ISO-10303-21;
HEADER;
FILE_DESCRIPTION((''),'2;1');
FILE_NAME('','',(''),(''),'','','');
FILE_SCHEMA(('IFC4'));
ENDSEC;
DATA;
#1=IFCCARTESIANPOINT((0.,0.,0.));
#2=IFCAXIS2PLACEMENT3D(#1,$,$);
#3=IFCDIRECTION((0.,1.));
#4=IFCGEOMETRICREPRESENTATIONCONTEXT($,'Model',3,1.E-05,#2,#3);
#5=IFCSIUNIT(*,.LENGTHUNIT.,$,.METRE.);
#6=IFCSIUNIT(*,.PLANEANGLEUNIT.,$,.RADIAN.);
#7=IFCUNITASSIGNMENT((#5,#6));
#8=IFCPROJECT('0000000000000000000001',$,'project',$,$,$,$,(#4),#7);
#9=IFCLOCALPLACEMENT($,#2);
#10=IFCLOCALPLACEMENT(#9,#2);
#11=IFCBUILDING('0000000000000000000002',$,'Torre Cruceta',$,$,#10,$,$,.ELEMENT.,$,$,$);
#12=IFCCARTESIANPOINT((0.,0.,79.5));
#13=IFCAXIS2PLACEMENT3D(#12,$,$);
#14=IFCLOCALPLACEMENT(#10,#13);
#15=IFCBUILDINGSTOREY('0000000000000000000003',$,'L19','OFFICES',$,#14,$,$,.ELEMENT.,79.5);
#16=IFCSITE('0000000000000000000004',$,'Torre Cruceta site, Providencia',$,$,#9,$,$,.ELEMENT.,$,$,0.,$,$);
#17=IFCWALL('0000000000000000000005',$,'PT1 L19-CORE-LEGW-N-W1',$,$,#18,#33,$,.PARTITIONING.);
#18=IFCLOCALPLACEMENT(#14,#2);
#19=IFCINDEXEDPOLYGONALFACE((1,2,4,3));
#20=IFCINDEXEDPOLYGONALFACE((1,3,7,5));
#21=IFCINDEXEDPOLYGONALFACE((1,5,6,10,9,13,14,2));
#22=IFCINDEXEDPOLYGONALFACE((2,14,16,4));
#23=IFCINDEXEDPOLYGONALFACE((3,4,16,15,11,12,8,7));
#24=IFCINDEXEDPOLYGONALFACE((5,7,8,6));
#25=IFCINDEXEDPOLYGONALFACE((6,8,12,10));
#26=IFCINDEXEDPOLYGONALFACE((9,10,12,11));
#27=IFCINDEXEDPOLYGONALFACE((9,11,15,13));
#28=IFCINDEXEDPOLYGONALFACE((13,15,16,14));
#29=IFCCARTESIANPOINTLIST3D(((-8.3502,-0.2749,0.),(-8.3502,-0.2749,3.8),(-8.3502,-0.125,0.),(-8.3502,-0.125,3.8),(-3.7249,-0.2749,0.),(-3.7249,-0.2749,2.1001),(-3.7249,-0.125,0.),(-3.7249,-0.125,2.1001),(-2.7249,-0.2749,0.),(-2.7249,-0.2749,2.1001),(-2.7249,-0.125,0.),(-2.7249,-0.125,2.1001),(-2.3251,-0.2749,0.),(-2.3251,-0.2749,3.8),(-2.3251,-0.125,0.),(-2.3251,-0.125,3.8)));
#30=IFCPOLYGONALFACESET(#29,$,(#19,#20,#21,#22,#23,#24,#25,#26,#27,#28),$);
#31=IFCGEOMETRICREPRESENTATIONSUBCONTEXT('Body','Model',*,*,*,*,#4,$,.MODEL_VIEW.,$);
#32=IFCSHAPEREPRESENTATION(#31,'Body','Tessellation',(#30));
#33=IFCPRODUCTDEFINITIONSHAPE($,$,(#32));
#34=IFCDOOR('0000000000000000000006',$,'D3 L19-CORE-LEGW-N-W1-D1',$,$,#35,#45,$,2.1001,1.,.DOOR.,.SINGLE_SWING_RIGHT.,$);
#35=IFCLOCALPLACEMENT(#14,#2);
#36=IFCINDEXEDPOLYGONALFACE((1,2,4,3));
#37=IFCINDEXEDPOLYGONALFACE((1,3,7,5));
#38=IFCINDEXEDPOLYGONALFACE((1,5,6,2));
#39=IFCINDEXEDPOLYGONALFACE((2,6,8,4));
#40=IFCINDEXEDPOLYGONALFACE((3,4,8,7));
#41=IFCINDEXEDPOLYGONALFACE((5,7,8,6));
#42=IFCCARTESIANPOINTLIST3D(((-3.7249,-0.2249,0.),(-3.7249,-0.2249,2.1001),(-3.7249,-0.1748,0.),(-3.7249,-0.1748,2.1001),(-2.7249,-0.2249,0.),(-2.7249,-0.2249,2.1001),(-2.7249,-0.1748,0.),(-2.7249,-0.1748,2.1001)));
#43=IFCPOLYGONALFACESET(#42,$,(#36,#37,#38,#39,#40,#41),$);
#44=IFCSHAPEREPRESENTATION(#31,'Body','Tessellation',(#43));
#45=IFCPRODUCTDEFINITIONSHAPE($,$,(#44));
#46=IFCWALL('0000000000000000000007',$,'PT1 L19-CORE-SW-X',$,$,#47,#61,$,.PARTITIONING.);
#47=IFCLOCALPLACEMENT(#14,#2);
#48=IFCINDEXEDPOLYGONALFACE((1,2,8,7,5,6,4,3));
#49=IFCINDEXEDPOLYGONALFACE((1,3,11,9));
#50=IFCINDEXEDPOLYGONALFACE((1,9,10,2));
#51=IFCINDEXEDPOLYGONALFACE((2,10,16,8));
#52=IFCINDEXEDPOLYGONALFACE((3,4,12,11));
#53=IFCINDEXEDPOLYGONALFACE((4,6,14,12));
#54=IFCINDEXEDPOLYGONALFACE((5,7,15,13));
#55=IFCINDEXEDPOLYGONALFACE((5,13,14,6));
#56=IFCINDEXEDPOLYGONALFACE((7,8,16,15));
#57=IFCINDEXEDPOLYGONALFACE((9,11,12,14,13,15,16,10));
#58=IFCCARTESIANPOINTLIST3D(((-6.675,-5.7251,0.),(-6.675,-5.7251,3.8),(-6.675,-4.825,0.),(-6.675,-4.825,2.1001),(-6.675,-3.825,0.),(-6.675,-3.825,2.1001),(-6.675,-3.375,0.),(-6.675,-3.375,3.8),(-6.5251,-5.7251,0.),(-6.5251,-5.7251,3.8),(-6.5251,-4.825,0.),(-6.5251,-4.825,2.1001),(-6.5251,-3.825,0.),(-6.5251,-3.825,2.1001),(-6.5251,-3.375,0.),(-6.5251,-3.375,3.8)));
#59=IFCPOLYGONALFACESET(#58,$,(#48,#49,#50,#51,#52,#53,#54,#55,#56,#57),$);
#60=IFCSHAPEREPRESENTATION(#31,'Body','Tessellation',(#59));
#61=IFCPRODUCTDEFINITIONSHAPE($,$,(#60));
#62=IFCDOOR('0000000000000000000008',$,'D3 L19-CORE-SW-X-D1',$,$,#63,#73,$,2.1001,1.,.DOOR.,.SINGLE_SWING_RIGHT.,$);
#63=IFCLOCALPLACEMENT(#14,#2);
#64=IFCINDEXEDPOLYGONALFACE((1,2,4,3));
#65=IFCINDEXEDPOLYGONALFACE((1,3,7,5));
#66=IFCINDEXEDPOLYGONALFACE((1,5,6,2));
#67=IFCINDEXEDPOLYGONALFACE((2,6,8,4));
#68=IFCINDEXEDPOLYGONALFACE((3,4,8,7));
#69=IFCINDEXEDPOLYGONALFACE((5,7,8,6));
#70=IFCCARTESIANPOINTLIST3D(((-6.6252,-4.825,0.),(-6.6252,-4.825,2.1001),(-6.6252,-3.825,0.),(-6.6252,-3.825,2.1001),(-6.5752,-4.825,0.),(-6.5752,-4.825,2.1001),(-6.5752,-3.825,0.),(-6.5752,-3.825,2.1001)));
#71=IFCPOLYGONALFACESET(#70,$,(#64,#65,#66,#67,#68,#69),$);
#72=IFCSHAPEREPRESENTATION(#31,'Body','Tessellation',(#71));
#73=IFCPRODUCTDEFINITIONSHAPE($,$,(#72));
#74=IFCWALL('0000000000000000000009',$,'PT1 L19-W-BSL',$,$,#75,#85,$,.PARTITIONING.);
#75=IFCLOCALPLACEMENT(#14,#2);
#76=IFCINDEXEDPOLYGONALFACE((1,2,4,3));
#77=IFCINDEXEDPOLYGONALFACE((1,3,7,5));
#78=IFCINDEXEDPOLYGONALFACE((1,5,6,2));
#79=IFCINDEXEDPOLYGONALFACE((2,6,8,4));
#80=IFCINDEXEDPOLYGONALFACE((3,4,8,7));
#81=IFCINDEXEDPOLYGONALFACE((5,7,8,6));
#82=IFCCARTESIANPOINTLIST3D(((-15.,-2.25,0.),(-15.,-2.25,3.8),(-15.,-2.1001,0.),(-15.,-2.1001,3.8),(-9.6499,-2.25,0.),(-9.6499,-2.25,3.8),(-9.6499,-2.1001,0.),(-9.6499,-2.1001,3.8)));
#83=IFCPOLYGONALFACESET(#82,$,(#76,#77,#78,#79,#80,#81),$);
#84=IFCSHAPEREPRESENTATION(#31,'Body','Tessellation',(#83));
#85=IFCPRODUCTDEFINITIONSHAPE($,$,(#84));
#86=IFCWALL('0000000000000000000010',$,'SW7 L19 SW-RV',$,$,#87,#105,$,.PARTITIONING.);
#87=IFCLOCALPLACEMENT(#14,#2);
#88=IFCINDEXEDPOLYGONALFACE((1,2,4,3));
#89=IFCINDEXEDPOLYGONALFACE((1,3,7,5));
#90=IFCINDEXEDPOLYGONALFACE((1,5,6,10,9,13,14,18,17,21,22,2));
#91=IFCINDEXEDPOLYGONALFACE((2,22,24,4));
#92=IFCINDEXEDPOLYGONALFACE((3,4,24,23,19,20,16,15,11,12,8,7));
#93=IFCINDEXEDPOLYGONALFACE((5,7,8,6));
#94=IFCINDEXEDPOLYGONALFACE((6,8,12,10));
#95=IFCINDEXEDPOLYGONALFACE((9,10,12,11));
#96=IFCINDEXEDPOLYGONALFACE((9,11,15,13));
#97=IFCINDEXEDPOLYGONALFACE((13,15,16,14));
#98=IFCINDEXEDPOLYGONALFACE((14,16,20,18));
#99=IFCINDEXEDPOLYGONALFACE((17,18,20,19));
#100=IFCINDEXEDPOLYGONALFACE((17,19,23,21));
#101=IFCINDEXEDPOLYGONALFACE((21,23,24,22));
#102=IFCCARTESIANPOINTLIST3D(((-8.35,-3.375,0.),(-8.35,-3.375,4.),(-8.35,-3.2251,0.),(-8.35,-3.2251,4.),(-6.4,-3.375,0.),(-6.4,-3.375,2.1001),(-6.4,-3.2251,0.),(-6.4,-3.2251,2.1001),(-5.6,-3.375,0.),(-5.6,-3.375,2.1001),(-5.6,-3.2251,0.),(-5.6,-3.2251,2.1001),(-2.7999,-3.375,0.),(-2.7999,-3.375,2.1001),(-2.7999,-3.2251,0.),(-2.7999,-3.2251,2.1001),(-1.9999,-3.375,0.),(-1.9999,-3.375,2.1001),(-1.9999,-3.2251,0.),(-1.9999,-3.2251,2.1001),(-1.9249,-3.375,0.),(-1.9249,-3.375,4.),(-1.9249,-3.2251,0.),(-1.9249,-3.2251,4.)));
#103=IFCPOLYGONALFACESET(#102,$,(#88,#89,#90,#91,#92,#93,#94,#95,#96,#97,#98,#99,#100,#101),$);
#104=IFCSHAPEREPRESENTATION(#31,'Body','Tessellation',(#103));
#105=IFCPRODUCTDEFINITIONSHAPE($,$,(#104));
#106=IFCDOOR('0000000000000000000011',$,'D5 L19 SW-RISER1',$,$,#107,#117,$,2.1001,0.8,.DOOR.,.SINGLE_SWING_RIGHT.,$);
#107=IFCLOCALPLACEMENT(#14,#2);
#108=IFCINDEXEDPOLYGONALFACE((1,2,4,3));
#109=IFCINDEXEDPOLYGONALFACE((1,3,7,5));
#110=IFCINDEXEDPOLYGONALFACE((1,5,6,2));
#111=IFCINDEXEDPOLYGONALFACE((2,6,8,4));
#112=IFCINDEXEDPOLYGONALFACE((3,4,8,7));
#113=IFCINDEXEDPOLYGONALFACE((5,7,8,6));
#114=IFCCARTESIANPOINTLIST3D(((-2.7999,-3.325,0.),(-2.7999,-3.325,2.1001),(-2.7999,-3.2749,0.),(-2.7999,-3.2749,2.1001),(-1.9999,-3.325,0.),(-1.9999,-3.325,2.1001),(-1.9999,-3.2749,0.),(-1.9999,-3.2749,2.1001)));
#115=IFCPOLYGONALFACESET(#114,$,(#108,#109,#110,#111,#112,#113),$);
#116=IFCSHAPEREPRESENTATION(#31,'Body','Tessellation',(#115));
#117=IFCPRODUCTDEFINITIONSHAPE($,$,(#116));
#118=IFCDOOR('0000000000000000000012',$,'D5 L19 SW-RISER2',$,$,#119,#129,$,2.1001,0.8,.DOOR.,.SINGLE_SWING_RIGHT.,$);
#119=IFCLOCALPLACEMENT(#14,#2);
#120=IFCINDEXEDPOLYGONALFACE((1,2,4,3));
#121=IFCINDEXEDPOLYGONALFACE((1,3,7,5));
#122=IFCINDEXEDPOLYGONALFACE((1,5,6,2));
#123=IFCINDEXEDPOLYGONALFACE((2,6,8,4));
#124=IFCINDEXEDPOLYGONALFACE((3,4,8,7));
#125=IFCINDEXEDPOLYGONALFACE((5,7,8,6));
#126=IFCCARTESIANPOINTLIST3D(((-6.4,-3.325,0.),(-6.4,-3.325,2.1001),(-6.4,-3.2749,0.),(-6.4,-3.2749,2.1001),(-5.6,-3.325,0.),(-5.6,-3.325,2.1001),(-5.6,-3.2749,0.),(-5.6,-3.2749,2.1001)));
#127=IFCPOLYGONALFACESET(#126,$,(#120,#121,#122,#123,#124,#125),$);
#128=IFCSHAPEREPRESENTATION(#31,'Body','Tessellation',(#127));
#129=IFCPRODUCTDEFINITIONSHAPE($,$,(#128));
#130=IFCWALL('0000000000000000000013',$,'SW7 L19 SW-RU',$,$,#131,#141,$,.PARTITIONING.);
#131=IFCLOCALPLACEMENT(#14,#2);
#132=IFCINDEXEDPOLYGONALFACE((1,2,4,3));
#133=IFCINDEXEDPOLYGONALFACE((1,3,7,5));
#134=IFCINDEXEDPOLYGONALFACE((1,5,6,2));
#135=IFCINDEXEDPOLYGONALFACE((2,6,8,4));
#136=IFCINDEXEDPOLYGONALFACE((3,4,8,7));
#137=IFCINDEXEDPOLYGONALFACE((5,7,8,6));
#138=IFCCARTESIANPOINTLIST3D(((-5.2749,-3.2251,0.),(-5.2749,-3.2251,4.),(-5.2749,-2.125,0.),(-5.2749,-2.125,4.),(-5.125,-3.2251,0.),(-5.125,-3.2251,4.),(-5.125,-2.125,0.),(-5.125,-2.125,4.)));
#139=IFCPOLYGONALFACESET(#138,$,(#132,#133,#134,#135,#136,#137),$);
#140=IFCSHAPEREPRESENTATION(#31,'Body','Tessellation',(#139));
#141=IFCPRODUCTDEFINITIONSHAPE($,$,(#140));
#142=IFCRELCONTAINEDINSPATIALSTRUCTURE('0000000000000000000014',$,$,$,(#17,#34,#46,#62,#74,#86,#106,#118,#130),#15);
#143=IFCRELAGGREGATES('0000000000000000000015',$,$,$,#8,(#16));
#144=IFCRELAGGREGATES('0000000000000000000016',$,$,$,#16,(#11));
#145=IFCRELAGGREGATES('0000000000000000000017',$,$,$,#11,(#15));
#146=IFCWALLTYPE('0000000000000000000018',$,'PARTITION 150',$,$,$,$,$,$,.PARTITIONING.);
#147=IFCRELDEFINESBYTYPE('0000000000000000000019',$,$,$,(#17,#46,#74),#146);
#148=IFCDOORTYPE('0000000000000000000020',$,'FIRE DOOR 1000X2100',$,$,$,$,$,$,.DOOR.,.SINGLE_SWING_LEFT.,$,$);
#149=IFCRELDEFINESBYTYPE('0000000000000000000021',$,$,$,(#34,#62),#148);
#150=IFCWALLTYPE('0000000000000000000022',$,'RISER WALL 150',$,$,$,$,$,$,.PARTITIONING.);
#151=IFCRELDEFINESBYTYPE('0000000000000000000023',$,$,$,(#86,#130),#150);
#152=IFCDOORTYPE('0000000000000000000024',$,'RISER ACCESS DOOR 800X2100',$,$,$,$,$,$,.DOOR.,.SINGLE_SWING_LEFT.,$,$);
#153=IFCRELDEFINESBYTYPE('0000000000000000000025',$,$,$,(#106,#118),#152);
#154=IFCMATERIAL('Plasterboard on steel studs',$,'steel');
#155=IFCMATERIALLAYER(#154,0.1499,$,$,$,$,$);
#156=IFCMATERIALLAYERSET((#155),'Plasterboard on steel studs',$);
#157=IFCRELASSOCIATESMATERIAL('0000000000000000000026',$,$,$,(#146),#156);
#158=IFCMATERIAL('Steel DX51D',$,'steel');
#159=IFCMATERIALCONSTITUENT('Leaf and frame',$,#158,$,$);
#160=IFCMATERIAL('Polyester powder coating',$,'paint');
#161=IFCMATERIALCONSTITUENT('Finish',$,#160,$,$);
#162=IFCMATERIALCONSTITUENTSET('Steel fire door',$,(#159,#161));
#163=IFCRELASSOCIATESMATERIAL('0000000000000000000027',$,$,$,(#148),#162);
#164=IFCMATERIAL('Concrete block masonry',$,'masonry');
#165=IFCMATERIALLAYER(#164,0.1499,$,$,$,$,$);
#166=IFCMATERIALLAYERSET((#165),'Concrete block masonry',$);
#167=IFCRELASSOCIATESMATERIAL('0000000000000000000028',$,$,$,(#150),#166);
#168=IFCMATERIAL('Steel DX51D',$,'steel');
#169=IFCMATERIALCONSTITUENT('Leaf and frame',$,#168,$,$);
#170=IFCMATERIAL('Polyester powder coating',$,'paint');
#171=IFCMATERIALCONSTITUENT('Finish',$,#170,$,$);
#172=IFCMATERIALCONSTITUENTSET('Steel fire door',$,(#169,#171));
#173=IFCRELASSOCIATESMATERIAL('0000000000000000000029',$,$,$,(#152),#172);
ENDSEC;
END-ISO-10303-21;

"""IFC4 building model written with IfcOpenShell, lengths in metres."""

from ifc_helpers import new_model, si_unit, direction, frame, frame_2d, origin, place, context, subcontext, project, spatial, rectangle, extrude, material, layer, layer_set, constituent, constituent_set, type_object, element, fill, save


model = new_model("IFC4")

# Units and contexts
model_context = context("Model", 3, precision=1e-05, world=origin(), true_north=direction((0.0, 1.0)))
body_context = subcontext(model_context, "Body", "Model", "MODEL_VIEW")
ifc_project = project(units=[si_unit("LENGTHUNIT", "METRE"), si_unit("PLANEANGLEUNIT", "RADIAN")], contexts=[model_context])

# Site, building, storey
site_placement = place(None, origin())
site = spatial("IfcSite", under=ifc_project, at=site_placement, Name="Torre Cruceta site, Providencia", CompositionType="ELEMENT", RefElevation=0.0)
building_placement = place(site_placement, origin())
building = spatial("IfcBuilding", under=site, at=building_placement, Name="Torre Cruceta", CompositionType="ELEMENT")
storey_placement = place(building_placement, frame((0.0, 0.0, 79.5)))
storey = spatial("IfcBuildingStorey", under=building, at=storey_placement, Name="L19", Description="OFFICES", CompositionType="ELEMENT", Elevation=79.5)

# Walls, openings, doors
ifc_material_1 = material(Name="Plasterboard on steel studs", Category="steel")
ifc_layer_1 = layer(ifc_material_1, 0.1499)
ifc_layer_set_1 = layer_set([ifc_layer_1], Name="Plasterboard on steel studs")
wall_type_1 = type_object("IfcWallType", Name="PARTITION 150", PredefinedType="PARTITIONING", material=ifc_layer_set_1)
wall_1_placement = place(storey_placement, frame((-2.325, -0.2, 0.0), z_axis=(0.0, 0.0, 1.0), x_axis=(-1.0, 0.0, 0.0)))
wall_1 = element("IfcWall", 1, at=wall_1_placement, inside=storey, type_object=wall_type_1, Name="PT1 L19-CORE-LEGW-N-W1", PredefinedType="PARTITIONING", context=body_context, shape_type="SweptSolid", body=[
    extrude(rectangle(XDim=6.0251, YDim=0.1499, at=frame_2d((3.0127, 0.0))), origin(), (0.0, 0.0, 1.0), 3.8),
])
opening_1_placement = place(wall_1_placement, frame((0.3999, 0.0, 0.0)))
opening_1 = element("IfcOpeningElement", 2, at=opening_1_placement, cuts=wall_1, PredefinedType="OPENING", context=body_context, shape_type="SweptSolid", body=[
    extrude(rectangle(XDim=1.0, YDim=2.1001, at=frame_2d((0.5, 1.05))), frame((0.0, 0.085, 0.0), z_axis=(0.0, -1.0, 0.0), x_axis=(1.0, 0.0, 0.0)), (0.0, 0.0, 1.0), 0.1699),
])
ifc_material_2 = material(Name="Steel DX51D", Category="steel")
ifc_constituent_1 = constituent(ifc_material_2, Name="Leaf and frame")
ifc_material_3 = material(Name="Polyester powder coating", Category="paint")
ifc_constituent_2 = constituent(ifc_material_3, Name="Finish")
ifc_constituent_set_1 = constituent_set(constituents=[ifc_constituent_1, ifc_constituent_2], Name="Steel fire door")
door_type_1 = type_object("IfcDoorType", Name="FIRE DOOR 1000X2100", OperationType="SINGLE_SWING_LEFT", PredefinedType="DOOR", material=ifc_constituent_set_1)
door_1_placement = place(opening_1_placement, frame((1.0, 0.0, 0.0), z_axis=(0.0, 0.0, 1.0), x_axis=(-1.0, 0.0, 0.0)))
door_1 = element("IfcDoor", 3, at=door_1_placement, inside=storey, type_object=door_type_1, Name="D3 L19-CORE-LEGW-N-W1-D1", OperationType="SINGLE_SWING_RIGHT", OverallHeight=2.1001, OverallWidth=1.0, PredefinedType="DOOR", context=body_context, shape_type="SweptSolid", body=[
    extrude(rectangle(XDim=1.0, YDim=2.1001, at=frame_2d((0.5, 1.05))), frame((0.0, 0.0251, 0.0), z_axis=(0.0, -1.0, 0.0), x_axis=(1.0, 0.0, 0.0)), (0.0, 0.0, 1.0), 0.05),
])
fill(opening_1, door_1)
wall_2_placement = place(storey_placement, frame((-6.6001, -3.375, 0.0), z_axis=(0.0, 0.0, 1.0), x_axis=(0.0, -1.0, 0.0)))
wall_2 = element("IfcWall", 4, at=wall_2_placement, inside=storey, type_object=wall_type_1, Name="PT1 L19-CORE-SW-X", PredefinedType="PARTITIONING", context=body_context, shape_type="SweptSolid", body=[
    extrude(rectangle(XDim=2.3501, YDim=0.1499, at=frame_2d((1.175, 0.0))), origin(), (0.0, 0.0, 1.0), 3.8),
])
opening_2_placement = place(wall_2_placement, frame((0.45, 0.0, 0.0)))
opening_2 = element("IfcOpeningElement", 5, at=opening_2_placement, cuts=wall_2, PredefinedType="OPENING", context=body_context, shape_type="SweptSolid", body=[
    extrude(rectangle(XDim=1.0, YDim=2.1001, at=frame_2d((0.5, 1.05))), frame((0.0, 0.085, 0.0), z_axis=(0.0, -1.0, 0.0), x_axis=(1.0, 0.0, 0.0)), (0.0, 0.0, 1.0), 0.1699),
])
door_2_placement = place(opening_2_placement, frame((1.0, 0.0, 0.0), z_axis=(0.0, 0.0, 1.0), x_axis=(-1.0, 0.0, 0.0)))
door_2 = element("IfcDoor", 6, at=door_2_placement, inside=storey, type_object=door_type_1, Name="D3 L19-CORE-SW-X-D1", OperationType="SINGLE_SWING_RIGHT", OverallHeight=2.1001, OverallWidth=1.0, PredefinedType="DOOR", context=body_context, shape_type="SweptSolid", body=[
    extrude(rectangle(XDim=1.0, YDim=2.1001, at=frame_2d((0.5, 1.05))), frame((0.0, 0.0251, 0.0), z_axis=(0.0, -1.0, 0.0), x_axis=(1.0, 0.0, 0.0)), (0.0, 0.0, 1.0), 0.05),
])
fill(opening_2, door_2)

# Wall
wall_3_placement = place(storey_placement, frame((-9.6499, -2.175, 0.0), z_axis=(0.0, 0.0, 1.0), x_axis=(-1.0, 0.0, 0.0)))
element("IfcWall", 7, at=wall_3_placement, inside=storey, type_object=wall_type_1, Name="PT1 L19-W-BSL", PredefinedType="PARTITIONING", context=body_context, shape_type="SweptSolid", body=[
    extrude(rectangle(XDim=5.3501, YDim=0.1499, at=frame_2d((2.675, 0.0))), origin(), (0.0, 0.0, 1.0), 3.8),
])

# Wall, openings, doors
ifc_material_4 = material(Name="Concrete block masonry", Category="masonry")
ifc_layer_2 = layer(ifc_material_4, 0.1499)
ifc_layer_set_2 = layer_set([ifc_layer_2], Name="Concrete block masonry")
wall_type_2 = type_object("IfcWallType", Name="RISER WALL 150", PredefinedType="PARTITIONING", material=ifc_layer_set_2)
wall_4_placement = place(storey_placement, frame((-1.925, -3.3, 0.0), z_axis=(0.0, 0.0, 1.0), x_axis=(-1.0, 0.0, 0.0)))
wall_4 = element("IfcWall", 8, at=wall_4_placement, inside=storey, type_object=wall_type_2, Name="SW7 L19 SW-RV", PredefinedType="PARTITIONING", context=body_context, shape_type="SweptSolid", body=[
    extrude(rectangle(XDim=6.425, YDim=0.1499, at=frame_2d((3.2124, 0.0))), origin(), (0.0, 0.0, 1.0), 4.0),
])
opening_3_placement = place(wall_4_placement, frame((0.075, 0.0, 0.0)))
opening_3 = element("IfcOpeningElement", 9, at=opening_3_placement, cuts=wall_4, PredefinedType="OPENING", context=body_context, shape_type="SweptSolid", body=[
    extrude(rectangle(XDim=0.8, YDim=2.1001, at=frame_2d((0.3999, 1.05))), frame((0.0, 0.085, 0.0), z_axis=(0.0, -1.0, 0.0), x_axis=(1.0, 0.0, 0.0)), (0.0, 0.0, 1.0), 0.1699),
])
opening_4_placement = place(wall_4_placement, frame((3.675, 0.0, 0.0)))
opening_4 = element("IfcOpeningElement", 10, at=opening_4_placement, cuts=wall_4, PredefinedType="OPENING", context=body_context, shape_type="SweptSolid", body=[
    extrude(rectangle(XDim=0.8, YDim=2.1001, at=frame_2d((0.3999, 1.05))), frame((0.0, 0.085, 0.0), z_axis=(0.0, -1.0, 0.0), x_axis=(1.0, 0.0, 0.0)), (0.0, 0.0, 1.0), 0.1699),
])
ifc_material_5 = material(Name="Steel DX51D", Category="steel")
ifc_constituent_3 = constituent(ifc_material_5, Name="Leaf and frame")
ifc_material_6 = material(Name="Polyester powder coating", Category="paint")
ifc_constituent_4 = constituent(ifc_material_6, Name="Finish")
ifc_constituent_set_2 = constituent_set(constituents=[ifc_constituent_3, ifc_constituent_4], Name="Steel fire door")
door_type_2 = type_object("IfcDoorType", Name="RISER ACCESS DOOR 800X2100", OperationType="SINGLE_SWING_LEFT", PredefinedType="DOOR", material=ifc_constituent_set_2)
door_3_placement = place(opening_3_placement, frame((0.8, 0.0, 0.0), z_axis=(0.0, 0.0, 1.0), x_axis=(-1.0, 0.0, 0.0)))
door_3 = element("IfcDoor", 11, at=door_3_placement, inside=storey, type_object=door_type_2, Name="D5 L19 SW-RISER1", OperationType="SINGLE_SWING_RIGHT", OverallHeight=2.1001, OverallWidth=0.8, PredefinedType="DOOR", context=body_context, shape_type="SweptSolid", body=[
    extrude(rectangle(XDim=0.8, YDim=2.1001, at=frame_2d((0.4001, 1.05))), frame((0.0, 0.0251, 0.0), z_axis=(0.0, -1.0, 0.0), x_axis=(1.0, 0.0, 0.0)), (0.0, 0.0, 1.0), 0.05),
])
fill(opening_3, door_3)
door_4_placement = place(opening_4_placement, frame((0.8, 0.0, 0.0), z_axis=(0.0, 0.0, 1.0), x_axis=(-1.0, 0.0, 0.0)))
door_4 = element("IfcDoor", 12, at=door_4_placement, inside=storey, type_object=door_type_2, Name="D5 L19 SW-RISER2", OperationType="SINGLE_SWING_RIGHT", OverallHeight=2.1001, OverallWidth=0.8, PredefinedType="DOOR", context=body_context, shape_type="SweptSolid", body=[
    extrude(rectangle(XDim=0.8, YDim=2.1001, at=frame_2d((0.4001, 1.05))), frame((0.0, 0.0251, 0.0), z_axis=(0.0, -1.0, 0.0), x_axis=(1.0, 0.0, 0.0)), (0.0, 0.0, 1.0), 0.05),
])
fill(opening_4, door_4)

# Wall
wall_5_placement = place(storey_placement, frame((-5.2, -2.125, 0.0), z_axis=(0.0, 0.0, 1.0), x_axis=(0.0, -1.0, 0.0)))
element("IfcWall", 13, at=wall_5_placement, inside=storey, type_object=wall_type_2, Name="SW7 L19 SW-RU", PredefinedType="PARTITIONING", context=body_context, shape_type="SweptSolid", body=[
    extrude(rectangle(XDim=1.1001, YDim=0.1499, at=frame_2d((0.55, 0.0))), origin(), (0.0, 0.0, 1.0), 4.0),
])

save(model, "model.ifc")
